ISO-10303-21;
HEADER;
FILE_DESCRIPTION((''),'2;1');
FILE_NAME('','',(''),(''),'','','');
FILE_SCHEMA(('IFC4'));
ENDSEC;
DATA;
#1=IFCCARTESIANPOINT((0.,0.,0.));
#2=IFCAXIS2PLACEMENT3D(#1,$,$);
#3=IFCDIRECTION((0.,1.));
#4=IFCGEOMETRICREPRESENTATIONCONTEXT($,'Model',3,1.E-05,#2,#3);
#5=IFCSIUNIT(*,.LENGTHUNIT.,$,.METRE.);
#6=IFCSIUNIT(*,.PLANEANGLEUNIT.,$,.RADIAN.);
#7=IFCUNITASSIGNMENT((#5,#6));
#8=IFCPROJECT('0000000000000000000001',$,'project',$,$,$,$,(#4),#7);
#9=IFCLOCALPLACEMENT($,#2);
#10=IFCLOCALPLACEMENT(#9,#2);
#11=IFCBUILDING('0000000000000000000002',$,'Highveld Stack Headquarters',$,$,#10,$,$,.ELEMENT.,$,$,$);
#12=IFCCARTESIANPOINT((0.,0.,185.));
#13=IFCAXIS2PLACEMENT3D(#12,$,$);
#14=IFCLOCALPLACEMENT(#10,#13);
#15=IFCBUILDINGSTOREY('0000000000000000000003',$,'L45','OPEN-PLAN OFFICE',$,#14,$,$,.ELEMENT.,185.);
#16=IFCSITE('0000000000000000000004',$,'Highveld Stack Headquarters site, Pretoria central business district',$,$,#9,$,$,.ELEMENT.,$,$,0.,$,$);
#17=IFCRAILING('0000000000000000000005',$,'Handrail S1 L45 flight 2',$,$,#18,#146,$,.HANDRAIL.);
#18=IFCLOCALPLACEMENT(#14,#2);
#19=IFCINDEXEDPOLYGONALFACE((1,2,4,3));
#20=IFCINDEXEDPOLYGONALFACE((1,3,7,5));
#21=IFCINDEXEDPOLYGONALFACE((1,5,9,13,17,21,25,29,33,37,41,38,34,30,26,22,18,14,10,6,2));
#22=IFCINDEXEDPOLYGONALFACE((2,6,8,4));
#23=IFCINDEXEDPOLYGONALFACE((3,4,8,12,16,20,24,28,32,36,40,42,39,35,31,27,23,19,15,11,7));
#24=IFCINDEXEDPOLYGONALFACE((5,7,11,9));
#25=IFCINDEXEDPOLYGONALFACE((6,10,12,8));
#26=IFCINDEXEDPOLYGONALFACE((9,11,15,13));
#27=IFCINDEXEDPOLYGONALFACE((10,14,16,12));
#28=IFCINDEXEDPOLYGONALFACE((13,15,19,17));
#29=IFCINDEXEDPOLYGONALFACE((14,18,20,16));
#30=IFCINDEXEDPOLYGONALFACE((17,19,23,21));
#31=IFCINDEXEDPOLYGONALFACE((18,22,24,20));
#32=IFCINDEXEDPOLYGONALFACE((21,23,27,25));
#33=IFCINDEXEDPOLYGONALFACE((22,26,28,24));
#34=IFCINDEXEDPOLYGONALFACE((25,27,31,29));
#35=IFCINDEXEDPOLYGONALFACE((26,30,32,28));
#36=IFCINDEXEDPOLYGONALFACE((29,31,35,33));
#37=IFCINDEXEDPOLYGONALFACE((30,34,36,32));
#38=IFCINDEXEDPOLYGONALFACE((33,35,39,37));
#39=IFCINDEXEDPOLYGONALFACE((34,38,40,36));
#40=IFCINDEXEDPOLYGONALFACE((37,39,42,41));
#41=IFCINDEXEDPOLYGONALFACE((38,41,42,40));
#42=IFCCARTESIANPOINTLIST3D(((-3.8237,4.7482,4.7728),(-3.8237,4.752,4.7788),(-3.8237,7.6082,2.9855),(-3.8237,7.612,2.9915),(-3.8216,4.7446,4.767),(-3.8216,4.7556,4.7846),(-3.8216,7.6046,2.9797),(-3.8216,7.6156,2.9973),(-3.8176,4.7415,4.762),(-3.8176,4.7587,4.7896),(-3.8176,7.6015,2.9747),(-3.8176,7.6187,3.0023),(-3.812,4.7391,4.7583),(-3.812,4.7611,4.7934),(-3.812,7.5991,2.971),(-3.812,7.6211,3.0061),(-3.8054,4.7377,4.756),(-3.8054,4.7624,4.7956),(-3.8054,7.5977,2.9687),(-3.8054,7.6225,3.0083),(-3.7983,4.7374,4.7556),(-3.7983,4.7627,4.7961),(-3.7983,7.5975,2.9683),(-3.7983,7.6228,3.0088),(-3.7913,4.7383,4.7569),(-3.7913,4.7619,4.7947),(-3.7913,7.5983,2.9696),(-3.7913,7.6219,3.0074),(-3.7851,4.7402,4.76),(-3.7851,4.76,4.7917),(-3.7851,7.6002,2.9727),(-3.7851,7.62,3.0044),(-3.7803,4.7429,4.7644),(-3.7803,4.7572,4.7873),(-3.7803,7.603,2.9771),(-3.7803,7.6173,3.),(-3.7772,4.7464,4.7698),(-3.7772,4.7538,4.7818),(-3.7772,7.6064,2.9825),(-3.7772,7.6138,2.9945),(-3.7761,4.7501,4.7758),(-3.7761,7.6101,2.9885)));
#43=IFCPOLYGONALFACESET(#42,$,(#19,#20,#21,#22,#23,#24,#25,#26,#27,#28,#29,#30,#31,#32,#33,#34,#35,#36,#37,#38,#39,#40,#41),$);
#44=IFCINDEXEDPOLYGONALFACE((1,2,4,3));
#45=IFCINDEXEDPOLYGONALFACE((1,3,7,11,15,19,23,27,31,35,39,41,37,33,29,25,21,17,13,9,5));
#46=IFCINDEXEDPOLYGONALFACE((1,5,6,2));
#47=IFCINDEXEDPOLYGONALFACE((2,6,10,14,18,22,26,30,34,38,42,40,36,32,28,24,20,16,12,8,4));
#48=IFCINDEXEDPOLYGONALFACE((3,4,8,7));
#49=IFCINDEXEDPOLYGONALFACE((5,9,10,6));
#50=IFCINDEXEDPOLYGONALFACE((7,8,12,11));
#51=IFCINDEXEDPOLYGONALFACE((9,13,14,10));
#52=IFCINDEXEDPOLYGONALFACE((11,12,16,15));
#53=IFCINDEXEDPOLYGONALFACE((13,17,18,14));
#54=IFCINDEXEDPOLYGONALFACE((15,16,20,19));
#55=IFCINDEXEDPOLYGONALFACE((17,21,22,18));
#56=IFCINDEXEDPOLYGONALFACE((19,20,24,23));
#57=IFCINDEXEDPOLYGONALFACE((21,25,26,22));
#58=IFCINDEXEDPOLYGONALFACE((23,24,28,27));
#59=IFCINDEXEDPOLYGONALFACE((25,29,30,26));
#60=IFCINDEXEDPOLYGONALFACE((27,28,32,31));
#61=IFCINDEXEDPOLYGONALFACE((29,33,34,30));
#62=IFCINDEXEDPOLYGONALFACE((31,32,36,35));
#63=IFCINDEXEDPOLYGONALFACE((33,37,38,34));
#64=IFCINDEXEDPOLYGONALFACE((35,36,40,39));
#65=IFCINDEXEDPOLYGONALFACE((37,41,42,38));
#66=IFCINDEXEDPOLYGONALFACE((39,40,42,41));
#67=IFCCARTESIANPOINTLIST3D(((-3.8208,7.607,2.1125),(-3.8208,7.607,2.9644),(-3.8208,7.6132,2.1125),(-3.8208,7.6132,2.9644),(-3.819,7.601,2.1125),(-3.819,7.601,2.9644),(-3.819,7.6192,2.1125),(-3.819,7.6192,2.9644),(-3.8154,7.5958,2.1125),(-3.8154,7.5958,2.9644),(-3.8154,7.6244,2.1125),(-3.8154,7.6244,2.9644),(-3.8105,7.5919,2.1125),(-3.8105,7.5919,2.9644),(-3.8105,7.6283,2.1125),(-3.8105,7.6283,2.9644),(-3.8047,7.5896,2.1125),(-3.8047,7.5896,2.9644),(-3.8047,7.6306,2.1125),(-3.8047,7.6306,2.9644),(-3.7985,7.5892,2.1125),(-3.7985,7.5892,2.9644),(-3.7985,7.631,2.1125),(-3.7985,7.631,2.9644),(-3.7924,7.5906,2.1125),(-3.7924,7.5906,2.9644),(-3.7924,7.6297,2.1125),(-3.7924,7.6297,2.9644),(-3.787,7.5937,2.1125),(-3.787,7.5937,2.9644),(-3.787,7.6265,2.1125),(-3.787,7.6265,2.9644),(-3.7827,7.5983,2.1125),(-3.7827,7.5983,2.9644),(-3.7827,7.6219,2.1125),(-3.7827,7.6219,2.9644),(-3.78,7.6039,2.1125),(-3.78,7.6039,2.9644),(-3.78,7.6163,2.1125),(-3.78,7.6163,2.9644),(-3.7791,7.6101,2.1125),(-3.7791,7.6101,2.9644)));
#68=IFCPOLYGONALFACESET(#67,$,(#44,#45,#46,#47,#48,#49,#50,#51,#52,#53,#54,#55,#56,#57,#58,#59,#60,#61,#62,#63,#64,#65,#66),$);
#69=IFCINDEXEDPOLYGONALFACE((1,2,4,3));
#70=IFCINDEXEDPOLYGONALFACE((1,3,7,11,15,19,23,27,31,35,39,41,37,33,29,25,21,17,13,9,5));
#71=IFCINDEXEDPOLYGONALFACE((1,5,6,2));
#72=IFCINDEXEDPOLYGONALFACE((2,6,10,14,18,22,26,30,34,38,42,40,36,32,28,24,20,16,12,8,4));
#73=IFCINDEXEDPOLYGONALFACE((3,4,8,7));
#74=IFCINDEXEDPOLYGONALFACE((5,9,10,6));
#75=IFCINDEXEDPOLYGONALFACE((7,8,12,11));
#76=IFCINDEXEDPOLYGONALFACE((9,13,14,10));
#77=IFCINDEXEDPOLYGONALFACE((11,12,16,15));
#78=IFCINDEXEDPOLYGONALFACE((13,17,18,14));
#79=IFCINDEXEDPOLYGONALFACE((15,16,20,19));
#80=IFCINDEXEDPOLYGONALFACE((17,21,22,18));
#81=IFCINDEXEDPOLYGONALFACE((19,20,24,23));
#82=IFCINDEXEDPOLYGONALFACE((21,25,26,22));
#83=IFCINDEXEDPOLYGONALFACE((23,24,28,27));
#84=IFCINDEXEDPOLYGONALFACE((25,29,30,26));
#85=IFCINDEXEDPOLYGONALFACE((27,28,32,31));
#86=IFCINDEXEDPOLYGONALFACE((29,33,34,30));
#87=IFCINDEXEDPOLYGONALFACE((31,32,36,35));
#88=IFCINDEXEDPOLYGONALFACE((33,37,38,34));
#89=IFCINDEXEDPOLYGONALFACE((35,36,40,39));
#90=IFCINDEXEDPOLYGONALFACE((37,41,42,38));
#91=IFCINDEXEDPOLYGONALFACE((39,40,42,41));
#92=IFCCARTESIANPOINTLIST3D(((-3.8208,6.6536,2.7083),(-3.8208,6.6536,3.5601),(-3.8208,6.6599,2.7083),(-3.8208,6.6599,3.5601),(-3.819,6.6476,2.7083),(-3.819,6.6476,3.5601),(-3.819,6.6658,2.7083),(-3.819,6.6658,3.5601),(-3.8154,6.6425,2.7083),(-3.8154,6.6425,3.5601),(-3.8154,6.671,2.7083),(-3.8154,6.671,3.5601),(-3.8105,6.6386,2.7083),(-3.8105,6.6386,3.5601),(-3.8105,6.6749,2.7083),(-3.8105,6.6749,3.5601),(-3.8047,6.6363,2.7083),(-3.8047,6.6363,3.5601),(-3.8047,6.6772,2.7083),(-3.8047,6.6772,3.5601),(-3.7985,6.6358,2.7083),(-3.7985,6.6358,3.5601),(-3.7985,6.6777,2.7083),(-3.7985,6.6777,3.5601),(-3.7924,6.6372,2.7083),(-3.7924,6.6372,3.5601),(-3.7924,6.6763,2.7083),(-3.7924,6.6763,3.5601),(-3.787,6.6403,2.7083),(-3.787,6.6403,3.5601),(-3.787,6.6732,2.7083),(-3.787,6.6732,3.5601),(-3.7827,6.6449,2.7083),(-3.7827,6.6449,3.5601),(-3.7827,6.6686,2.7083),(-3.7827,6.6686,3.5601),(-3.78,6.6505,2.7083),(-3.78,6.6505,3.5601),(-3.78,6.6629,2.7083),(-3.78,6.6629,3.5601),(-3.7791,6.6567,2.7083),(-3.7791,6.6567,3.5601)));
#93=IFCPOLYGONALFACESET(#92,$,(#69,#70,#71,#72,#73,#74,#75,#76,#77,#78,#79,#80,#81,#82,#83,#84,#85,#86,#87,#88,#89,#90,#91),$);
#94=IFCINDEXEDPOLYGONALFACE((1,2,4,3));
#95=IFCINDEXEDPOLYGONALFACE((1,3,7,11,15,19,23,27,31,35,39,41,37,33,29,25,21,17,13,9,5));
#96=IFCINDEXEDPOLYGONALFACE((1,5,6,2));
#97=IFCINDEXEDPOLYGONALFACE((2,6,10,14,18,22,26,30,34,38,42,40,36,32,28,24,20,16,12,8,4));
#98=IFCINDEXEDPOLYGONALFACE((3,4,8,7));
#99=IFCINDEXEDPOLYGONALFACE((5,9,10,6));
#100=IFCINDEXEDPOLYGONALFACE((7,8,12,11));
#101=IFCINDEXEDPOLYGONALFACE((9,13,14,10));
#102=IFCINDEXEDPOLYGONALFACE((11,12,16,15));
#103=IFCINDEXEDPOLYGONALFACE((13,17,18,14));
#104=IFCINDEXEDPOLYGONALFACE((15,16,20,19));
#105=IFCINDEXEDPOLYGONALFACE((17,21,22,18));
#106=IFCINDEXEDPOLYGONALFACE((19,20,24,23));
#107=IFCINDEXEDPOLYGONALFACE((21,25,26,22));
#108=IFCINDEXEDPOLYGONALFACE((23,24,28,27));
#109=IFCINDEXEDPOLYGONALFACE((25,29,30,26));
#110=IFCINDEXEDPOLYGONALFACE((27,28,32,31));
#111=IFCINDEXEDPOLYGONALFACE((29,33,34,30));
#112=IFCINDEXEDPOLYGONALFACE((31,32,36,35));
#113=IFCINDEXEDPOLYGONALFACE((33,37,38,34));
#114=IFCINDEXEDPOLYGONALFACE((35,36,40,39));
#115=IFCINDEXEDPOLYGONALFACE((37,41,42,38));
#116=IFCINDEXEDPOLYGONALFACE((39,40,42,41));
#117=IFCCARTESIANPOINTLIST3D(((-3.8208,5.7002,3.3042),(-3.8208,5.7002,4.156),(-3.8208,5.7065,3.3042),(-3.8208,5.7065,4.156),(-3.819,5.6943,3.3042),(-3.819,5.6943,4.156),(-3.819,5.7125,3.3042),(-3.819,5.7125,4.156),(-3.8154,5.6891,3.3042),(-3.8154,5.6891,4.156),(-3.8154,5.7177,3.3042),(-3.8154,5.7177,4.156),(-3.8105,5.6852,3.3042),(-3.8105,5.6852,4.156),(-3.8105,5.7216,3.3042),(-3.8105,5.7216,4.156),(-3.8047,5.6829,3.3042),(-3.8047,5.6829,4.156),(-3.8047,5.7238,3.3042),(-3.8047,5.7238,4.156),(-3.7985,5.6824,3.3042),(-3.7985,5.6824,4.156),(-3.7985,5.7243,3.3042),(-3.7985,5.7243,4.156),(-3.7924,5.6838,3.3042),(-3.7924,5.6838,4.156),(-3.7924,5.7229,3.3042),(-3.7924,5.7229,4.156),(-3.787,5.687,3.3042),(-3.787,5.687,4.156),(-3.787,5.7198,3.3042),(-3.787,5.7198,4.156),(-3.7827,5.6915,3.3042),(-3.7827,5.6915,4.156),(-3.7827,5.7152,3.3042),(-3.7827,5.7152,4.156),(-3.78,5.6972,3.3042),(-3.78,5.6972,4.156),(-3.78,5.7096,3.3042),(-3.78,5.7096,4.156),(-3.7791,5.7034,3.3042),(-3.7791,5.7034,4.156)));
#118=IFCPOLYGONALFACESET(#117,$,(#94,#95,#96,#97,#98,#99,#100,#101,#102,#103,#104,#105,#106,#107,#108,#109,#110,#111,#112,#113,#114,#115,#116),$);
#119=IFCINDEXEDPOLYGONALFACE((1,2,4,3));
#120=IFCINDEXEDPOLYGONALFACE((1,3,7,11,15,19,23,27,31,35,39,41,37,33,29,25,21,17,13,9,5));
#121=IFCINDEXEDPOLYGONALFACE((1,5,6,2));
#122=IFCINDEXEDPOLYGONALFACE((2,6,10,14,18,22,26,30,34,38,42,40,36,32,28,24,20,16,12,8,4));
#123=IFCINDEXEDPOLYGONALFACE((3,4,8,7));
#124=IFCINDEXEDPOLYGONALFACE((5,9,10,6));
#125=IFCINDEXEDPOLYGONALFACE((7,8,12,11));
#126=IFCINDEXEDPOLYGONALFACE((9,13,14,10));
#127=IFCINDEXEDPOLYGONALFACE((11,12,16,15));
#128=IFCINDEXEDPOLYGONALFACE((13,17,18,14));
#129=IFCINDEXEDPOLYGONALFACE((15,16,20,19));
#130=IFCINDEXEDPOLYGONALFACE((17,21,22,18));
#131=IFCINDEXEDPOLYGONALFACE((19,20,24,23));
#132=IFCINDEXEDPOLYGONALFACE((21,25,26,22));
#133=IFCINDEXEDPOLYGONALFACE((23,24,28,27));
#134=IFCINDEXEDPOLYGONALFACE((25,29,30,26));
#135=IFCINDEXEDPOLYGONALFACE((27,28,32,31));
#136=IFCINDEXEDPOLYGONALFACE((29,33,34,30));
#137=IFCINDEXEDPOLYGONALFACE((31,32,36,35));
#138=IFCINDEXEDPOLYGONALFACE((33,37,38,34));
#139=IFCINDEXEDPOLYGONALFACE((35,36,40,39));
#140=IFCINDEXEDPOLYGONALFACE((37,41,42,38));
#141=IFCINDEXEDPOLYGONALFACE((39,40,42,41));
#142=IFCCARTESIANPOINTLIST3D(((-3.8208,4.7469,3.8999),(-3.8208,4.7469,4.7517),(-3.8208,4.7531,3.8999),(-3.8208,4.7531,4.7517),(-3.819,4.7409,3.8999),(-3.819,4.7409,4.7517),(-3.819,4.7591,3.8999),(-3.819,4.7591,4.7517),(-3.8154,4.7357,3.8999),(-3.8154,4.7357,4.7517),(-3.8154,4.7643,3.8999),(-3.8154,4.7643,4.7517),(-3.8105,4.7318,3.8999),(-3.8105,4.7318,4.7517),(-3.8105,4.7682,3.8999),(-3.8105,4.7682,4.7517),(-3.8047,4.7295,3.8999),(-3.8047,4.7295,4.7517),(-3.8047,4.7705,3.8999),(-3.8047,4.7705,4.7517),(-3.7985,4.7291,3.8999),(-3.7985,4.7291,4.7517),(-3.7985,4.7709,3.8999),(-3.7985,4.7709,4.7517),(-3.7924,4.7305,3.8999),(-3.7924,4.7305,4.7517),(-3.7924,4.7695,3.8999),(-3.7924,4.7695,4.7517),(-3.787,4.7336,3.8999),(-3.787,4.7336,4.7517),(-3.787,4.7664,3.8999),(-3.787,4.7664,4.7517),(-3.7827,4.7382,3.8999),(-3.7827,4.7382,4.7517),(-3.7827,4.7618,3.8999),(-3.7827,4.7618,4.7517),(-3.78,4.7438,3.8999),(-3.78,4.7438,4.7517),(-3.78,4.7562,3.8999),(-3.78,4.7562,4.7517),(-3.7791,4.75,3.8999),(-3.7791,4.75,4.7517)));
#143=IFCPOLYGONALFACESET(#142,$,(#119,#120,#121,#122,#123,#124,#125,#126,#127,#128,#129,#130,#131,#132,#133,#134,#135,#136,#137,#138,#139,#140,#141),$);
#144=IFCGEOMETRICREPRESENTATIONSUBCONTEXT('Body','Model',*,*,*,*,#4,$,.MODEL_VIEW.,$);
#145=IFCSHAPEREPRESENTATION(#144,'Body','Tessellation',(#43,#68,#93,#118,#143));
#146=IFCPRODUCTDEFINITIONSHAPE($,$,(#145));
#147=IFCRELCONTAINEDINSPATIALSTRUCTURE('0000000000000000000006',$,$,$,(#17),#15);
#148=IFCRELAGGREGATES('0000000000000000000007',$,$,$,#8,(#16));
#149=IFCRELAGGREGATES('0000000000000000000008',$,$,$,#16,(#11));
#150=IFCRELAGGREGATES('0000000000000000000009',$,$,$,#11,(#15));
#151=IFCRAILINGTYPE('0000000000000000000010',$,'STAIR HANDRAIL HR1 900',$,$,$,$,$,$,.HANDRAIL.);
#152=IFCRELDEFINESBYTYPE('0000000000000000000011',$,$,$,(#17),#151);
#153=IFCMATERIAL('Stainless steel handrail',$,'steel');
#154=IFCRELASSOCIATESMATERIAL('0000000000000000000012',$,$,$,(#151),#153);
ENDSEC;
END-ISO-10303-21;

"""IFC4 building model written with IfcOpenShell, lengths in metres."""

from ifc_helpers import new_model, si_unit, direction, frame, origin, origin_2d, place, context, subcontext, project, spatial, circle, extrude, material, type_object, element, save


model = new_model("IFC4")

# Units and contexts
model_context = context("Model", 3, precision=1e-05, world=origin(), true_north=direction((0.0, 1.0)))
body_context = subcontext(model_context, "Body", "Model", "MODEL_VIEW")
ifc_project = project(units=[si_unit("LENGTHUNIT", "METRE"), si_unit("PLANEANGLEUNIT", "RADIAN")], contexts=[model_context])

# Site, building, storey
site_placement = place(None, origin())
site = spatial("IfcSite", under=ifc_project, at=site_placement, Name="Highveld Stack Headquarters site, Pretoria central business district", CompositionType="ELEMENT", RefElevation=0.0)
building_placement = place(site_placement, origin())
building = spatial("IfcBuilding", under=site, at=building_placement, Name="Highveld Stack Headquarters", CompositionType="ELEMENT")
storey_placement = place(building_placement, frame((0.0, 0.0, 185.0)))
storey = spatial("IfcBuildingStorey", under=building, at=storey_placement, Name="L45", Description="OPEN-PLAN OFFICE", CompositionType="ELEMENT", Elevation=185.0)

# Railing
ifc_material_1 = material(Name="Stainless steel handrail", Category="steel")
railing_type = type_object("IfcRailingType", Name="STAIR HANDRAIL HR1 900", PredefinedType="HANDRAIL", material=ifc_material_1)
for number, where, name in (
    (1, (-3.8, 7.6101, 2.1125), "Handrail S1 L45 flight 2"),
):
    element("IfcRailing", number, at=place(storey_placement, frame(where)), inside=storey, type_object=railing_type, Name=name, PredefinedType="HANDRAIL", context=body_context, shape_type="SweptSolid", body=[
        extrude(circle(Radius=0.0239, at=origin_2d()), frame((0.0, 0.0, 0.876), z_axis=(0.0, -0.848027, 0.529953), x_axis=(1.0, 0.0, 0.0)), (0.0, 0.0, 1.0), 3.3726),
        extrude(circle(Radius=0.021, at=origin_2d()), origin(), (0.0, 0.0, 1.0), 0.8518),
        extrude(circle(Radius=0.021, at=origin_2d()), frame((0.0, -0.9534, 0.5957)), (0.0, 0.0, 1.0), 0.8518),
        extrude(circle(Radius=0.021, at=origin_2d()), frame((0.0, -1.9067, 1.1917)), (0.0, 0.0, 1.0), 0.8518),
        extrude(circle(Radius=0.021, at=origin_2d()), frame((0.0, -2.8601, 1.7874)), (0.0, 0.0, 1.0), 0.8518),
    ])

save(model, "model.ifc")
